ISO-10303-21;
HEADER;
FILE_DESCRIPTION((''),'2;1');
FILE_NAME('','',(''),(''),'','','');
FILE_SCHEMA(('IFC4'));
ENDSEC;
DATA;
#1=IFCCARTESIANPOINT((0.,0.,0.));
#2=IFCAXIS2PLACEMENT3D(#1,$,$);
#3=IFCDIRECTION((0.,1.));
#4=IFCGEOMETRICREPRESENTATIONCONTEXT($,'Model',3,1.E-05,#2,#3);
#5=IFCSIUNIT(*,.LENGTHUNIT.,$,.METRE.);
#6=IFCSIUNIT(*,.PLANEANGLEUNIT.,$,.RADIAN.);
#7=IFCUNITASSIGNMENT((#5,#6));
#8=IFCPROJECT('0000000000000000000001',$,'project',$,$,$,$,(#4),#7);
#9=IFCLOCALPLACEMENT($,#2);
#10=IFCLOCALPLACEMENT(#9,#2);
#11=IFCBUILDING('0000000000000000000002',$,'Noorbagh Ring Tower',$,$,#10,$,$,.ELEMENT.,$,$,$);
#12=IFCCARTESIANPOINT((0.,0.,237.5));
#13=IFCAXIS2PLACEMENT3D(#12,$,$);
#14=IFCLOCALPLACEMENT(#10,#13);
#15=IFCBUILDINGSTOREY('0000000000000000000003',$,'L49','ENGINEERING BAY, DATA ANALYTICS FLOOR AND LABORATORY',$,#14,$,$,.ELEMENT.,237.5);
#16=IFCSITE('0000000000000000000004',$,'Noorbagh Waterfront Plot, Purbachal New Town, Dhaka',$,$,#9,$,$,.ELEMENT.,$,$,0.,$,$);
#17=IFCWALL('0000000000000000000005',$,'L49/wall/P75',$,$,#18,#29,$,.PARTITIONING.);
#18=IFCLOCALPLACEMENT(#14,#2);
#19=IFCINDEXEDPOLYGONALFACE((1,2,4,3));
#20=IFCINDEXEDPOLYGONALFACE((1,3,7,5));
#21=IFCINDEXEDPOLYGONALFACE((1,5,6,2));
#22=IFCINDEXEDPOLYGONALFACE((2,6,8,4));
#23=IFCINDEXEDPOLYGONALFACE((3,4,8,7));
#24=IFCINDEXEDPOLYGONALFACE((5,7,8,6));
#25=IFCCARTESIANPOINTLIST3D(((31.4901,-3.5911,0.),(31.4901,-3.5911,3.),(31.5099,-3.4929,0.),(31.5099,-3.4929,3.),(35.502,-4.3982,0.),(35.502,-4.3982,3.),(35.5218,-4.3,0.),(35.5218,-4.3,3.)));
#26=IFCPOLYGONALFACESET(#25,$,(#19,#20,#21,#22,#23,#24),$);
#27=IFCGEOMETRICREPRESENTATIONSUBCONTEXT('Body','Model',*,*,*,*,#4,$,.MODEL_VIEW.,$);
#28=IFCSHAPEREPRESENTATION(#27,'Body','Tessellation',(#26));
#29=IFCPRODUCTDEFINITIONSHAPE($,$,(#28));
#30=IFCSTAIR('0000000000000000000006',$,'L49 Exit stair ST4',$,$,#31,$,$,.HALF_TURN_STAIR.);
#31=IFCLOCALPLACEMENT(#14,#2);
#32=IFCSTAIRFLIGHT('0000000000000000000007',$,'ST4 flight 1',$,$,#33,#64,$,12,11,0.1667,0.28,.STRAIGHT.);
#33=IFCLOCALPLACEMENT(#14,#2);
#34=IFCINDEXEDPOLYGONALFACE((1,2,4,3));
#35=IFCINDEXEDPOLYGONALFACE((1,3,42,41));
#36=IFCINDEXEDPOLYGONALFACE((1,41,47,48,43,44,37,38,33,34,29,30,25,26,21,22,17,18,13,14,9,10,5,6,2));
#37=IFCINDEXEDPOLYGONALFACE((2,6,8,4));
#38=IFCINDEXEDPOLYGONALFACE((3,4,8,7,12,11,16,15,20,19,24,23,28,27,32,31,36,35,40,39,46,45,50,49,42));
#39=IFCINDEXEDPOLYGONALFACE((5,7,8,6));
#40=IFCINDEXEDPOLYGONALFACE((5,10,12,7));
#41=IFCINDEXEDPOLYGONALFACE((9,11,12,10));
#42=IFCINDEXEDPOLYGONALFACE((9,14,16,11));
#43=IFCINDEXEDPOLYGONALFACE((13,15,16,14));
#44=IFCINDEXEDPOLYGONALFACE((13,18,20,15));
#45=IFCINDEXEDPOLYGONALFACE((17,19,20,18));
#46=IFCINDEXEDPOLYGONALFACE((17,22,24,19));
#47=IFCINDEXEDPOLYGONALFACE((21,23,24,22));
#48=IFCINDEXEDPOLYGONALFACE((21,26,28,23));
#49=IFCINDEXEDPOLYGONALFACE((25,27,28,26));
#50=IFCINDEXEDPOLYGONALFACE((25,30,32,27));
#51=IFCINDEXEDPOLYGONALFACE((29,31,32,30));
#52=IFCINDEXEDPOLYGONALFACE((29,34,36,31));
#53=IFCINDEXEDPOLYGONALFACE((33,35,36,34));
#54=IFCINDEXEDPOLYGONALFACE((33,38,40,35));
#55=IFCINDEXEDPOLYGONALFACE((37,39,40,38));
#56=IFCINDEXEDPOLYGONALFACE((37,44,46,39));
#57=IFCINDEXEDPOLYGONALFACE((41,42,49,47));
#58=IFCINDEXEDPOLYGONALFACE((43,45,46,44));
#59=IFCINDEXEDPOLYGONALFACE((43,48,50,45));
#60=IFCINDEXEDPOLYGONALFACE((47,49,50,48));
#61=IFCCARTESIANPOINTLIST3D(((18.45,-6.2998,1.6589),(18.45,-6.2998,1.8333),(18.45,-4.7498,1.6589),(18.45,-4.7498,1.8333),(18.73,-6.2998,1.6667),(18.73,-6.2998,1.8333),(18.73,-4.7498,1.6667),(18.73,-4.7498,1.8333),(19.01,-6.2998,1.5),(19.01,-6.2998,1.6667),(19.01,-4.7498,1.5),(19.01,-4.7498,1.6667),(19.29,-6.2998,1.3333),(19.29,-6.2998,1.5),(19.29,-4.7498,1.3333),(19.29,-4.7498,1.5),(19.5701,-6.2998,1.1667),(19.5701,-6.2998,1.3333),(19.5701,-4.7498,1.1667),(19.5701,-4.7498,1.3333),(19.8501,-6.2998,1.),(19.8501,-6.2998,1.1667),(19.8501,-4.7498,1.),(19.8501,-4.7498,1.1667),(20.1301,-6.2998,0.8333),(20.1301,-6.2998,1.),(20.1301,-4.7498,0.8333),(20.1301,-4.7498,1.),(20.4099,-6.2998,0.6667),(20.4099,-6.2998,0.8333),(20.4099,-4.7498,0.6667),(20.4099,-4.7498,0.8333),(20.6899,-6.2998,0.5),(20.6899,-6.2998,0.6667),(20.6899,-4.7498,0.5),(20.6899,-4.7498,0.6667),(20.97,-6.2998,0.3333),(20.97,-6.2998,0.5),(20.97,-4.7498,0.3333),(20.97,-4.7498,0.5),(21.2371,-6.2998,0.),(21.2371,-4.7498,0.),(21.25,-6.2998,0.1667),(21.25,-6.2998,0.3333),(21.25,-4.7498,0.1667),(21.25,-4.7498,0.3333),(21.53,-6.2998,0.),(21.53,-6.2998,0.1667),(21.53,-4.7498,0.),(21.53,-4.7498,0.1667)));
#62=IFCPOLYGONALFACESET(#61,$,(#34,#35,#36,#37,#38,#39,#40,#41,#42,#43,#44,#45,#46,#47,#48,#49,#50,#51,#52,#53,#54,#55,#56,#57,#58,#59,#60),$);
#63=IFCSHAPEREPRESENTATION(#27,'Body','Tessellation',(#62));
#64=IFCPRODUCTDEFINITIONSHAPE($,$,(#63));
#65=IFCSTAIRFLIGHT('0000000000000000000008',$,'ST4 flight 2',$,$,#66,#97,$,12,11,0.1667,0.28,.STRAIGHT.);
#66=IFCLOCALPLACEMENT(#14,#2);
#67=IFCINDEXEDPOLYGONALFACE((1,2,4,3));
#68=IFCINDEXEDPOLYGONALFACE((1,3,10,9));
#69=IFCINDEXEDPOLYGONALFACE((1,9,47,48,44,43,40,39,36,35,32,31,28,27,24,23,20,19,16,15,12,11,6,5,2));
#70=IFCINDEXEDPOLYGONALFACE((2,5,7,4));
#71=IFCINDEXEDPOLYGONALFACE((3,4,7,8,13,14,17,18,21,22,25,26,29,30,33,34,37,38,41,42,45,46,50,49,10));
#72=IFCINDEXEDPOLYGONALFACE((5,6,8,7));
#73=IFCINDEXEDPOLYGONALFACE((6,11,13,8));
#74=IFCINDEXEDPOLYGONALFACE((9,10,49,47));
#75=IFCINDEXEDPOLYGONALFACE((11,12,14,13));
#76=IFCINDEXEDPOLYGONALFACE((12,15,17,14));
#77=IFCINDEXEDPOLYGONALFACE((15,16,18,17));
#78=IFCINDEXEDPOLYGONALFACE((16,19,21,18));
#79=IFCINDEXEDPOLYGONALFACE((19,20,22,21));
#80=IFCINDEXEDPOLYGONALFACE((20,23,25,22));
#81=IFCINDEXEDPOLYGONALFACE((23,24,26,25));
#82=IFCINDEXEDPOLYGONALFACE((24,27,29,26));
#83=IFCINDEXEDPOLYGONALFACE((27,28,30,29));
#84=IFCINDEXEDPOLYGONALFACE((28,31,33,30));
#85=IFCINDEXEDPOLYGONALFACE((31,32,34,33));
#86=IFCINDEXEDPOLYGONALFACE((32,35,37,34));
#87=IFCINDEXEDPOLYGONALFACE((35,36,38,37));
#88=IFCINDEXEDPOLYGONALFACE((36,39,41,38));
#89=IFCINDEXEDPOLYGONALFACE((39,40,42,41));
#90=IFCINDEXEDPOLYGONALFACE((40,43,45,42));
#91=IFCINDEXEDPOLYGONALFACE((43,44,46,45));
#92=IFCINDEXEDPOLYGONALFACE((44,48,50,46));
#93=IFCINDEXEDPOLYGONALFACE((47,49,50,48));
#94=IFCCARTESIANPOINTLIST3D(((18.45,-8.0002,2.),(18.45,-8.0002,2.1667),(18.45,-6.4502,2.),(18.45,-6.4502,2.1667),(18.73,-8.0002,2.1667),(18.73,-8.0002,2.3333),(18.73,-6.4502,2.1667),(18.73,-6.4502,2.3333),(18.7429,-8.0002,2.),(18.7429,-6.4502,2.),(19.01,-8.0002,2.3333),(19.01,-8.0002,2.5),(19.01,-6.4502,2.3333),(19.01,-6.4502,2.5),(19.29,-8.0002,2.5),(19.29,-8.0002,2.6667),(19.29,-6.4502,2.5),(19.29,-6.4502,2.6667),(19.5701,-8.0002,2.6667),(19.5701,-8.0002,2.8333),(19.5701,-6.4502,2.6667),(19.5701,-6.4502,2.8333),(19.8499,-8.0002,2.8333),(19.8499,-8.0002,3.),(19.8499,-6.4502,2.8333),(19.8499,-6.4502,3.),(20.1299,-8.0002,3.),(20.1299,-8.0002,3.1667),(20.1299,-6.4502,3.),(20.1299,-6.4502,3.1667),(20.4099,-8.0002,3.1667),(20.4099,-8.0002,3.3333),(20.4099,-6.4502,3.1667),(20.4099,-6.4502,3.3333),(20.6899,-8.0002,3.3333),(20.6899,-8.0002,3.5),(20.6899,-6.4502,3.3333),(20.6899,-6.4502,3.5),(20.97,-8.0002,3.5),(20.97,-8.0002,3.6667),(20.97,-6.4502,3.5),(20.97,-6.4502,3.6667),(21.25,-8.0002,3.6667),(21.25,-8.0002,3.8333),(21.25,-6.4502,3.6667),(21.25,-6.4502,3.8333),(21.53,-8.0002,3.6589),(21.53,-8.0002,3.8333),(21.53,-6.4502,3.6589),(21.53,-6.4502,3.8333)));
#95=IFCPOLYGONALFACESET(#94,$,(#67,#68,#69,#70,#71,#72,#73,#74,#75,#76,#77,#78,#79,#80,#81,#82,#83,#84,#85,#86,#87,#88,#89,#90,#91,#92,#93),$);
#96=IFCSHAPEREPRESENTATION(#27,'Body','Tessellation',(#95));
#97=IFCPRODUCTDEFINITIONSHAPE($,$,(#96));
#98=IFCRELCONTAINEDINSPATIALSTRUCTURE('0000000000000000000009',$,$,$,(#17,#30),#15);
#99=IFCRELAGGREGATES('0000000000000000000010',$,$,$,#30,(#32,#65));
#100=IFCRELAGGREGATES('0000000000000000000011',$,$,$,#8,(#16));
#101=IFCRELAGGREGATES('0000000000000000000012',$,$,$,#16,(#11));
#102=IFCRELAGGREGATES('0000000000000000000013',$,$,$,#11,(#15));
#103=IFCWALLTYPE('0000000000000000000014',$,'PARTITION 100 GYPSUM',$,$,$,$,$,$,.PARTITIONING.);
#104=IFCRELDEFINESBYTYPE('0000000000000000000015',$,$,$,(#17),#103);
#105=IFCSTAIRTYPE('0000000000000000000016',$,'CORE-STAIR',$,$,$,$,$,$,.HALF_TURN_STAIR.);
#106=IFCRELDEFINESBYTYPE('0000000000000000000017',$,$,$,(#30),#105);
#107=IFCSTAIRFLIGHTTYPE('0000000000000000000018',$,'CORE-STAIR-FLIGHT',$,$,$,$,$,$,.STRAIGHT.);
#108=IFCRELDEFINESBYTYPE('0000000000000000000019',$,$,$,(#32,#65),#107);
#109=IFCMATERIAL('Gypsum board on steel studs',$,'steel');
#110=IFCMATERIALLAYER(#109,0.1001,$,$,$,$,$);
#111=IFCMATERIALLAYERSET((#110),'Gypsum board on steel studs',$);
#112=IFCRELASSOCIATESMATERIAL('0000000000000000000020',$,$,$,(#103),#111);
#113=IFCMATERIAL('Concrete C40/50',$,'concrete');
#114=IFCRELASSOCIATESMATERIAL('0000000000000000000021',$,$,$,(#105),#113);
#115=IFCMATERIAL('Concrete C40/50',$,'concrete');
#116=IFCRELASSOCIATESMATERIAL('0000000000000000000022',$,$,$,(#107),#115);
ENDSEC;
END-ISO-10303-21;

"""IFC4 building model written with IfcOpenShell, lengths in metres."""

from ifc_helpers import new_model, si_unit, direction, frame, frame_2d, origin, place, context, subcontext, project, spatial, polyline, rectangle, outline, extrude, material, layer, layer_set, type_object, element, aggregate, save


model = new_model("IFC4")

# Units and contexts
model_context = context("Model", 3, precision=1e-05, world=origin(), true_north=direction((0.0, 1.0)))
body_context = subcontext(model_context, "Body", "Model", "MODEL_VIEW")
ifc_project = project(units=[si_unit("LENGTHUNIT", "METRE"), si_unit("PLANEANGLEUNIT", "RADIAN")], contexts=[model_context])

# Site, building, storey
site_placement = place(None, origin())
site = spatial("IfcSite", under=ifc_project, at=site_placement, Name="Noorbagh Waterfront Plot, Purbachal New Town, Dhaka", CompositionType="ELEMENT", RefElevation=0.0)
building_placement = place(site_placement, origin())
building = spatial("IfcBuilding", under=site, at=building_placement, Name="Noorbagh Ring Tower", CompositionType="ELEMENT")
storey_placement = place(building_placement, frame((0.0, 0.0, 237.5)))
storey = spatial("IfcBuildingStorey", under=building, at=storey_placement, Name="L49", Description="ENGINEERING BAY, DATA ANALYTICS FLOOR AND LABORATORY", CompositionType="ELEMENT", Elevation=237.5)

# Wall
ifc_material_1 = material(Name="Gypsum board on steel studs", Category="steel")
ifc_layer_1 = layer(ifc_material_1, 0.1001)
ifc_layer_set_1 = layer_set([ifc_layer_1], Name="Gypsum board on steel studs")
wall_type_1 = type_object("IfcWallType", Name="PARTITION 100 GYPSUM", PredefinedType="PARTITIONING", material=ifc_layer_set_1)
wall_1_placement = place(storey_placement, frame((31.5, -3.542, 0.0), z_axis=(0.0, 0.0, 1.0), x_axis=(0.980357, -0.197229, 0.0)))
element("IfcWall", 1, at=wall_1_placement, inside=storey, type_object=wall_type_1, Name="L49/wall/P75", PredefinedType="PARTITIONING", context=body_context, shape_type="SweptSolid", body=[
    extrude(rectangle(XDim=4.0923, YDim=0.1001, at=frame_2d((2.0461, 0.0))), origin(), (0.0, 0.0, 1.0), 3.0),
])

# Stair, stair flights
ifc_material_2 = material(Name="Concrete C40/50", Category="concrete")
stair_type = type_object("IfcStairType", Name="CORE-STAIR", PredefinedType="HALF_TURN_STAIR", material=ifc_material_2)
stair_placement = place(storey_placement, origin())
stair = element("IfcStair", 2, at=stair_placement, inside=storey, type_object=stair_type, Name="L49 Exit stair ST4", PredefinedType="HALF_TURN_STAIR")
ifc_material_3 = material(Name="Concrete C40/50", Category="concrete")
stair_flight_type = type_object("IfcStairFlightType", Name="CORE-STAIR-FLIGHT", PredefinedType="STRAIGHT", material=ifc_material_3)
stair_flight_1_placement = place(storey_placement, frame((21.53, -5.5249, 0.0), z_axis=(0.0, 0.0, 1.0), x_axis=(-1.0, 0.0, 0.0)))
stair_flight_1 = element("IfcStairFlight", 3, at=stair_flight_1_placement, type_object=stair_flight_type, Name="ST4 flight 1", NumberOfRisers=12, NumberOfTreads=11, PredefinedType="STRAIGHT", RiserHeight=0.1667, TreadLength=0.28, context=body_context, shape_type="SweptSolid", body=[
    extrude(outline(polyline([(0.0, 0.0), (0.0, 0.1667), (0.28, 0.1667), (0.28, 0.3333), (0.5601, 0.3333), (0.5601, 0.5), (0.8401, 0.5), (0.8401, 0.6667), (1.1201, 0.6667), (1.1201, 0.8333), (1.3999, 0.8333), (1.3999, 1.0), (1.6799, 1.0), (1.6799, 1.1667), (1.96, 1.1667), (1.96, 1.3333), (2.24, 1.3333), (2.24, 1.5), (2.52, 1.5), (2.52, 1.6667), (2.8, 1.6667), (2.8, 1.8333), (3.0801, 1.8333), (3.0801, 2.0), (3.0801, 1.6589), (0.293, 0.0), (0.0, 0.0)])), frame((0.0, 0.7749, 0.0), z_axis=(0.0, -1.0, 0.0), x_axis=(1.0, 0.0, 0.0)), (0.0, 0.0, 1.0), 1.55),
])
stair_flight_2_placement = place(storey_placement, frame((18.45, -7.2251, 2.0), z_axis=(0.0, 0.0, 1.0), x_axis=(1.0, 0.0, 0.0)))
stair_flight_2 = element("IfcStairFlight", 4, at=stair_flight_2_placement, type_object=stair_flight_type, Name="ST4 flight 2", NumberOfRisers=12, NumberOfTreads=11, PredefinedType="STRAIGHT", RiserHeight=0.1667, TreadLength=0.28, context=body_context, shape_type="SweptSolid", body=[
    extrude(outline(polyline([(0.0, 0.0), (0.0, 0.1667), (0.28, 0.1667), (0.28, 0.3333), (0.5601, 0.3333), (0.5601, 0.5), (0.8401, 0.5), (0.8401, 0.6667), (1.1201, 0.6667), (1.1201, 0.8333), (1.3999, 0.8333), (1.3999, 1.0), (1.6799, 1.0), (1.6799, 1.1667), (1.96, 1.1667), (1.96, 1.3333), (2.24, 1.3333), (2.24, 1.5), (2.52, 1.5), (2.52, 1.6667), (2.8, 1.6667), (2.8, 1.8333), (3.0801, 1.8333), (3.0801, 2.0), (3.0801, 1.6589), (0.293, 0.0), (0.0, 0.0)])), frame((0.0, 0.7749, 0.0), z_axis=(0.0, -1.0, 0.0), x_axis=(1.0, 0.0, 0.0)), (0.0, 0.0, 1.0), 1.55),
])
aggregate(stair, [stair_flight_1, stair_flight_2])

save(model, "model.ifc")
